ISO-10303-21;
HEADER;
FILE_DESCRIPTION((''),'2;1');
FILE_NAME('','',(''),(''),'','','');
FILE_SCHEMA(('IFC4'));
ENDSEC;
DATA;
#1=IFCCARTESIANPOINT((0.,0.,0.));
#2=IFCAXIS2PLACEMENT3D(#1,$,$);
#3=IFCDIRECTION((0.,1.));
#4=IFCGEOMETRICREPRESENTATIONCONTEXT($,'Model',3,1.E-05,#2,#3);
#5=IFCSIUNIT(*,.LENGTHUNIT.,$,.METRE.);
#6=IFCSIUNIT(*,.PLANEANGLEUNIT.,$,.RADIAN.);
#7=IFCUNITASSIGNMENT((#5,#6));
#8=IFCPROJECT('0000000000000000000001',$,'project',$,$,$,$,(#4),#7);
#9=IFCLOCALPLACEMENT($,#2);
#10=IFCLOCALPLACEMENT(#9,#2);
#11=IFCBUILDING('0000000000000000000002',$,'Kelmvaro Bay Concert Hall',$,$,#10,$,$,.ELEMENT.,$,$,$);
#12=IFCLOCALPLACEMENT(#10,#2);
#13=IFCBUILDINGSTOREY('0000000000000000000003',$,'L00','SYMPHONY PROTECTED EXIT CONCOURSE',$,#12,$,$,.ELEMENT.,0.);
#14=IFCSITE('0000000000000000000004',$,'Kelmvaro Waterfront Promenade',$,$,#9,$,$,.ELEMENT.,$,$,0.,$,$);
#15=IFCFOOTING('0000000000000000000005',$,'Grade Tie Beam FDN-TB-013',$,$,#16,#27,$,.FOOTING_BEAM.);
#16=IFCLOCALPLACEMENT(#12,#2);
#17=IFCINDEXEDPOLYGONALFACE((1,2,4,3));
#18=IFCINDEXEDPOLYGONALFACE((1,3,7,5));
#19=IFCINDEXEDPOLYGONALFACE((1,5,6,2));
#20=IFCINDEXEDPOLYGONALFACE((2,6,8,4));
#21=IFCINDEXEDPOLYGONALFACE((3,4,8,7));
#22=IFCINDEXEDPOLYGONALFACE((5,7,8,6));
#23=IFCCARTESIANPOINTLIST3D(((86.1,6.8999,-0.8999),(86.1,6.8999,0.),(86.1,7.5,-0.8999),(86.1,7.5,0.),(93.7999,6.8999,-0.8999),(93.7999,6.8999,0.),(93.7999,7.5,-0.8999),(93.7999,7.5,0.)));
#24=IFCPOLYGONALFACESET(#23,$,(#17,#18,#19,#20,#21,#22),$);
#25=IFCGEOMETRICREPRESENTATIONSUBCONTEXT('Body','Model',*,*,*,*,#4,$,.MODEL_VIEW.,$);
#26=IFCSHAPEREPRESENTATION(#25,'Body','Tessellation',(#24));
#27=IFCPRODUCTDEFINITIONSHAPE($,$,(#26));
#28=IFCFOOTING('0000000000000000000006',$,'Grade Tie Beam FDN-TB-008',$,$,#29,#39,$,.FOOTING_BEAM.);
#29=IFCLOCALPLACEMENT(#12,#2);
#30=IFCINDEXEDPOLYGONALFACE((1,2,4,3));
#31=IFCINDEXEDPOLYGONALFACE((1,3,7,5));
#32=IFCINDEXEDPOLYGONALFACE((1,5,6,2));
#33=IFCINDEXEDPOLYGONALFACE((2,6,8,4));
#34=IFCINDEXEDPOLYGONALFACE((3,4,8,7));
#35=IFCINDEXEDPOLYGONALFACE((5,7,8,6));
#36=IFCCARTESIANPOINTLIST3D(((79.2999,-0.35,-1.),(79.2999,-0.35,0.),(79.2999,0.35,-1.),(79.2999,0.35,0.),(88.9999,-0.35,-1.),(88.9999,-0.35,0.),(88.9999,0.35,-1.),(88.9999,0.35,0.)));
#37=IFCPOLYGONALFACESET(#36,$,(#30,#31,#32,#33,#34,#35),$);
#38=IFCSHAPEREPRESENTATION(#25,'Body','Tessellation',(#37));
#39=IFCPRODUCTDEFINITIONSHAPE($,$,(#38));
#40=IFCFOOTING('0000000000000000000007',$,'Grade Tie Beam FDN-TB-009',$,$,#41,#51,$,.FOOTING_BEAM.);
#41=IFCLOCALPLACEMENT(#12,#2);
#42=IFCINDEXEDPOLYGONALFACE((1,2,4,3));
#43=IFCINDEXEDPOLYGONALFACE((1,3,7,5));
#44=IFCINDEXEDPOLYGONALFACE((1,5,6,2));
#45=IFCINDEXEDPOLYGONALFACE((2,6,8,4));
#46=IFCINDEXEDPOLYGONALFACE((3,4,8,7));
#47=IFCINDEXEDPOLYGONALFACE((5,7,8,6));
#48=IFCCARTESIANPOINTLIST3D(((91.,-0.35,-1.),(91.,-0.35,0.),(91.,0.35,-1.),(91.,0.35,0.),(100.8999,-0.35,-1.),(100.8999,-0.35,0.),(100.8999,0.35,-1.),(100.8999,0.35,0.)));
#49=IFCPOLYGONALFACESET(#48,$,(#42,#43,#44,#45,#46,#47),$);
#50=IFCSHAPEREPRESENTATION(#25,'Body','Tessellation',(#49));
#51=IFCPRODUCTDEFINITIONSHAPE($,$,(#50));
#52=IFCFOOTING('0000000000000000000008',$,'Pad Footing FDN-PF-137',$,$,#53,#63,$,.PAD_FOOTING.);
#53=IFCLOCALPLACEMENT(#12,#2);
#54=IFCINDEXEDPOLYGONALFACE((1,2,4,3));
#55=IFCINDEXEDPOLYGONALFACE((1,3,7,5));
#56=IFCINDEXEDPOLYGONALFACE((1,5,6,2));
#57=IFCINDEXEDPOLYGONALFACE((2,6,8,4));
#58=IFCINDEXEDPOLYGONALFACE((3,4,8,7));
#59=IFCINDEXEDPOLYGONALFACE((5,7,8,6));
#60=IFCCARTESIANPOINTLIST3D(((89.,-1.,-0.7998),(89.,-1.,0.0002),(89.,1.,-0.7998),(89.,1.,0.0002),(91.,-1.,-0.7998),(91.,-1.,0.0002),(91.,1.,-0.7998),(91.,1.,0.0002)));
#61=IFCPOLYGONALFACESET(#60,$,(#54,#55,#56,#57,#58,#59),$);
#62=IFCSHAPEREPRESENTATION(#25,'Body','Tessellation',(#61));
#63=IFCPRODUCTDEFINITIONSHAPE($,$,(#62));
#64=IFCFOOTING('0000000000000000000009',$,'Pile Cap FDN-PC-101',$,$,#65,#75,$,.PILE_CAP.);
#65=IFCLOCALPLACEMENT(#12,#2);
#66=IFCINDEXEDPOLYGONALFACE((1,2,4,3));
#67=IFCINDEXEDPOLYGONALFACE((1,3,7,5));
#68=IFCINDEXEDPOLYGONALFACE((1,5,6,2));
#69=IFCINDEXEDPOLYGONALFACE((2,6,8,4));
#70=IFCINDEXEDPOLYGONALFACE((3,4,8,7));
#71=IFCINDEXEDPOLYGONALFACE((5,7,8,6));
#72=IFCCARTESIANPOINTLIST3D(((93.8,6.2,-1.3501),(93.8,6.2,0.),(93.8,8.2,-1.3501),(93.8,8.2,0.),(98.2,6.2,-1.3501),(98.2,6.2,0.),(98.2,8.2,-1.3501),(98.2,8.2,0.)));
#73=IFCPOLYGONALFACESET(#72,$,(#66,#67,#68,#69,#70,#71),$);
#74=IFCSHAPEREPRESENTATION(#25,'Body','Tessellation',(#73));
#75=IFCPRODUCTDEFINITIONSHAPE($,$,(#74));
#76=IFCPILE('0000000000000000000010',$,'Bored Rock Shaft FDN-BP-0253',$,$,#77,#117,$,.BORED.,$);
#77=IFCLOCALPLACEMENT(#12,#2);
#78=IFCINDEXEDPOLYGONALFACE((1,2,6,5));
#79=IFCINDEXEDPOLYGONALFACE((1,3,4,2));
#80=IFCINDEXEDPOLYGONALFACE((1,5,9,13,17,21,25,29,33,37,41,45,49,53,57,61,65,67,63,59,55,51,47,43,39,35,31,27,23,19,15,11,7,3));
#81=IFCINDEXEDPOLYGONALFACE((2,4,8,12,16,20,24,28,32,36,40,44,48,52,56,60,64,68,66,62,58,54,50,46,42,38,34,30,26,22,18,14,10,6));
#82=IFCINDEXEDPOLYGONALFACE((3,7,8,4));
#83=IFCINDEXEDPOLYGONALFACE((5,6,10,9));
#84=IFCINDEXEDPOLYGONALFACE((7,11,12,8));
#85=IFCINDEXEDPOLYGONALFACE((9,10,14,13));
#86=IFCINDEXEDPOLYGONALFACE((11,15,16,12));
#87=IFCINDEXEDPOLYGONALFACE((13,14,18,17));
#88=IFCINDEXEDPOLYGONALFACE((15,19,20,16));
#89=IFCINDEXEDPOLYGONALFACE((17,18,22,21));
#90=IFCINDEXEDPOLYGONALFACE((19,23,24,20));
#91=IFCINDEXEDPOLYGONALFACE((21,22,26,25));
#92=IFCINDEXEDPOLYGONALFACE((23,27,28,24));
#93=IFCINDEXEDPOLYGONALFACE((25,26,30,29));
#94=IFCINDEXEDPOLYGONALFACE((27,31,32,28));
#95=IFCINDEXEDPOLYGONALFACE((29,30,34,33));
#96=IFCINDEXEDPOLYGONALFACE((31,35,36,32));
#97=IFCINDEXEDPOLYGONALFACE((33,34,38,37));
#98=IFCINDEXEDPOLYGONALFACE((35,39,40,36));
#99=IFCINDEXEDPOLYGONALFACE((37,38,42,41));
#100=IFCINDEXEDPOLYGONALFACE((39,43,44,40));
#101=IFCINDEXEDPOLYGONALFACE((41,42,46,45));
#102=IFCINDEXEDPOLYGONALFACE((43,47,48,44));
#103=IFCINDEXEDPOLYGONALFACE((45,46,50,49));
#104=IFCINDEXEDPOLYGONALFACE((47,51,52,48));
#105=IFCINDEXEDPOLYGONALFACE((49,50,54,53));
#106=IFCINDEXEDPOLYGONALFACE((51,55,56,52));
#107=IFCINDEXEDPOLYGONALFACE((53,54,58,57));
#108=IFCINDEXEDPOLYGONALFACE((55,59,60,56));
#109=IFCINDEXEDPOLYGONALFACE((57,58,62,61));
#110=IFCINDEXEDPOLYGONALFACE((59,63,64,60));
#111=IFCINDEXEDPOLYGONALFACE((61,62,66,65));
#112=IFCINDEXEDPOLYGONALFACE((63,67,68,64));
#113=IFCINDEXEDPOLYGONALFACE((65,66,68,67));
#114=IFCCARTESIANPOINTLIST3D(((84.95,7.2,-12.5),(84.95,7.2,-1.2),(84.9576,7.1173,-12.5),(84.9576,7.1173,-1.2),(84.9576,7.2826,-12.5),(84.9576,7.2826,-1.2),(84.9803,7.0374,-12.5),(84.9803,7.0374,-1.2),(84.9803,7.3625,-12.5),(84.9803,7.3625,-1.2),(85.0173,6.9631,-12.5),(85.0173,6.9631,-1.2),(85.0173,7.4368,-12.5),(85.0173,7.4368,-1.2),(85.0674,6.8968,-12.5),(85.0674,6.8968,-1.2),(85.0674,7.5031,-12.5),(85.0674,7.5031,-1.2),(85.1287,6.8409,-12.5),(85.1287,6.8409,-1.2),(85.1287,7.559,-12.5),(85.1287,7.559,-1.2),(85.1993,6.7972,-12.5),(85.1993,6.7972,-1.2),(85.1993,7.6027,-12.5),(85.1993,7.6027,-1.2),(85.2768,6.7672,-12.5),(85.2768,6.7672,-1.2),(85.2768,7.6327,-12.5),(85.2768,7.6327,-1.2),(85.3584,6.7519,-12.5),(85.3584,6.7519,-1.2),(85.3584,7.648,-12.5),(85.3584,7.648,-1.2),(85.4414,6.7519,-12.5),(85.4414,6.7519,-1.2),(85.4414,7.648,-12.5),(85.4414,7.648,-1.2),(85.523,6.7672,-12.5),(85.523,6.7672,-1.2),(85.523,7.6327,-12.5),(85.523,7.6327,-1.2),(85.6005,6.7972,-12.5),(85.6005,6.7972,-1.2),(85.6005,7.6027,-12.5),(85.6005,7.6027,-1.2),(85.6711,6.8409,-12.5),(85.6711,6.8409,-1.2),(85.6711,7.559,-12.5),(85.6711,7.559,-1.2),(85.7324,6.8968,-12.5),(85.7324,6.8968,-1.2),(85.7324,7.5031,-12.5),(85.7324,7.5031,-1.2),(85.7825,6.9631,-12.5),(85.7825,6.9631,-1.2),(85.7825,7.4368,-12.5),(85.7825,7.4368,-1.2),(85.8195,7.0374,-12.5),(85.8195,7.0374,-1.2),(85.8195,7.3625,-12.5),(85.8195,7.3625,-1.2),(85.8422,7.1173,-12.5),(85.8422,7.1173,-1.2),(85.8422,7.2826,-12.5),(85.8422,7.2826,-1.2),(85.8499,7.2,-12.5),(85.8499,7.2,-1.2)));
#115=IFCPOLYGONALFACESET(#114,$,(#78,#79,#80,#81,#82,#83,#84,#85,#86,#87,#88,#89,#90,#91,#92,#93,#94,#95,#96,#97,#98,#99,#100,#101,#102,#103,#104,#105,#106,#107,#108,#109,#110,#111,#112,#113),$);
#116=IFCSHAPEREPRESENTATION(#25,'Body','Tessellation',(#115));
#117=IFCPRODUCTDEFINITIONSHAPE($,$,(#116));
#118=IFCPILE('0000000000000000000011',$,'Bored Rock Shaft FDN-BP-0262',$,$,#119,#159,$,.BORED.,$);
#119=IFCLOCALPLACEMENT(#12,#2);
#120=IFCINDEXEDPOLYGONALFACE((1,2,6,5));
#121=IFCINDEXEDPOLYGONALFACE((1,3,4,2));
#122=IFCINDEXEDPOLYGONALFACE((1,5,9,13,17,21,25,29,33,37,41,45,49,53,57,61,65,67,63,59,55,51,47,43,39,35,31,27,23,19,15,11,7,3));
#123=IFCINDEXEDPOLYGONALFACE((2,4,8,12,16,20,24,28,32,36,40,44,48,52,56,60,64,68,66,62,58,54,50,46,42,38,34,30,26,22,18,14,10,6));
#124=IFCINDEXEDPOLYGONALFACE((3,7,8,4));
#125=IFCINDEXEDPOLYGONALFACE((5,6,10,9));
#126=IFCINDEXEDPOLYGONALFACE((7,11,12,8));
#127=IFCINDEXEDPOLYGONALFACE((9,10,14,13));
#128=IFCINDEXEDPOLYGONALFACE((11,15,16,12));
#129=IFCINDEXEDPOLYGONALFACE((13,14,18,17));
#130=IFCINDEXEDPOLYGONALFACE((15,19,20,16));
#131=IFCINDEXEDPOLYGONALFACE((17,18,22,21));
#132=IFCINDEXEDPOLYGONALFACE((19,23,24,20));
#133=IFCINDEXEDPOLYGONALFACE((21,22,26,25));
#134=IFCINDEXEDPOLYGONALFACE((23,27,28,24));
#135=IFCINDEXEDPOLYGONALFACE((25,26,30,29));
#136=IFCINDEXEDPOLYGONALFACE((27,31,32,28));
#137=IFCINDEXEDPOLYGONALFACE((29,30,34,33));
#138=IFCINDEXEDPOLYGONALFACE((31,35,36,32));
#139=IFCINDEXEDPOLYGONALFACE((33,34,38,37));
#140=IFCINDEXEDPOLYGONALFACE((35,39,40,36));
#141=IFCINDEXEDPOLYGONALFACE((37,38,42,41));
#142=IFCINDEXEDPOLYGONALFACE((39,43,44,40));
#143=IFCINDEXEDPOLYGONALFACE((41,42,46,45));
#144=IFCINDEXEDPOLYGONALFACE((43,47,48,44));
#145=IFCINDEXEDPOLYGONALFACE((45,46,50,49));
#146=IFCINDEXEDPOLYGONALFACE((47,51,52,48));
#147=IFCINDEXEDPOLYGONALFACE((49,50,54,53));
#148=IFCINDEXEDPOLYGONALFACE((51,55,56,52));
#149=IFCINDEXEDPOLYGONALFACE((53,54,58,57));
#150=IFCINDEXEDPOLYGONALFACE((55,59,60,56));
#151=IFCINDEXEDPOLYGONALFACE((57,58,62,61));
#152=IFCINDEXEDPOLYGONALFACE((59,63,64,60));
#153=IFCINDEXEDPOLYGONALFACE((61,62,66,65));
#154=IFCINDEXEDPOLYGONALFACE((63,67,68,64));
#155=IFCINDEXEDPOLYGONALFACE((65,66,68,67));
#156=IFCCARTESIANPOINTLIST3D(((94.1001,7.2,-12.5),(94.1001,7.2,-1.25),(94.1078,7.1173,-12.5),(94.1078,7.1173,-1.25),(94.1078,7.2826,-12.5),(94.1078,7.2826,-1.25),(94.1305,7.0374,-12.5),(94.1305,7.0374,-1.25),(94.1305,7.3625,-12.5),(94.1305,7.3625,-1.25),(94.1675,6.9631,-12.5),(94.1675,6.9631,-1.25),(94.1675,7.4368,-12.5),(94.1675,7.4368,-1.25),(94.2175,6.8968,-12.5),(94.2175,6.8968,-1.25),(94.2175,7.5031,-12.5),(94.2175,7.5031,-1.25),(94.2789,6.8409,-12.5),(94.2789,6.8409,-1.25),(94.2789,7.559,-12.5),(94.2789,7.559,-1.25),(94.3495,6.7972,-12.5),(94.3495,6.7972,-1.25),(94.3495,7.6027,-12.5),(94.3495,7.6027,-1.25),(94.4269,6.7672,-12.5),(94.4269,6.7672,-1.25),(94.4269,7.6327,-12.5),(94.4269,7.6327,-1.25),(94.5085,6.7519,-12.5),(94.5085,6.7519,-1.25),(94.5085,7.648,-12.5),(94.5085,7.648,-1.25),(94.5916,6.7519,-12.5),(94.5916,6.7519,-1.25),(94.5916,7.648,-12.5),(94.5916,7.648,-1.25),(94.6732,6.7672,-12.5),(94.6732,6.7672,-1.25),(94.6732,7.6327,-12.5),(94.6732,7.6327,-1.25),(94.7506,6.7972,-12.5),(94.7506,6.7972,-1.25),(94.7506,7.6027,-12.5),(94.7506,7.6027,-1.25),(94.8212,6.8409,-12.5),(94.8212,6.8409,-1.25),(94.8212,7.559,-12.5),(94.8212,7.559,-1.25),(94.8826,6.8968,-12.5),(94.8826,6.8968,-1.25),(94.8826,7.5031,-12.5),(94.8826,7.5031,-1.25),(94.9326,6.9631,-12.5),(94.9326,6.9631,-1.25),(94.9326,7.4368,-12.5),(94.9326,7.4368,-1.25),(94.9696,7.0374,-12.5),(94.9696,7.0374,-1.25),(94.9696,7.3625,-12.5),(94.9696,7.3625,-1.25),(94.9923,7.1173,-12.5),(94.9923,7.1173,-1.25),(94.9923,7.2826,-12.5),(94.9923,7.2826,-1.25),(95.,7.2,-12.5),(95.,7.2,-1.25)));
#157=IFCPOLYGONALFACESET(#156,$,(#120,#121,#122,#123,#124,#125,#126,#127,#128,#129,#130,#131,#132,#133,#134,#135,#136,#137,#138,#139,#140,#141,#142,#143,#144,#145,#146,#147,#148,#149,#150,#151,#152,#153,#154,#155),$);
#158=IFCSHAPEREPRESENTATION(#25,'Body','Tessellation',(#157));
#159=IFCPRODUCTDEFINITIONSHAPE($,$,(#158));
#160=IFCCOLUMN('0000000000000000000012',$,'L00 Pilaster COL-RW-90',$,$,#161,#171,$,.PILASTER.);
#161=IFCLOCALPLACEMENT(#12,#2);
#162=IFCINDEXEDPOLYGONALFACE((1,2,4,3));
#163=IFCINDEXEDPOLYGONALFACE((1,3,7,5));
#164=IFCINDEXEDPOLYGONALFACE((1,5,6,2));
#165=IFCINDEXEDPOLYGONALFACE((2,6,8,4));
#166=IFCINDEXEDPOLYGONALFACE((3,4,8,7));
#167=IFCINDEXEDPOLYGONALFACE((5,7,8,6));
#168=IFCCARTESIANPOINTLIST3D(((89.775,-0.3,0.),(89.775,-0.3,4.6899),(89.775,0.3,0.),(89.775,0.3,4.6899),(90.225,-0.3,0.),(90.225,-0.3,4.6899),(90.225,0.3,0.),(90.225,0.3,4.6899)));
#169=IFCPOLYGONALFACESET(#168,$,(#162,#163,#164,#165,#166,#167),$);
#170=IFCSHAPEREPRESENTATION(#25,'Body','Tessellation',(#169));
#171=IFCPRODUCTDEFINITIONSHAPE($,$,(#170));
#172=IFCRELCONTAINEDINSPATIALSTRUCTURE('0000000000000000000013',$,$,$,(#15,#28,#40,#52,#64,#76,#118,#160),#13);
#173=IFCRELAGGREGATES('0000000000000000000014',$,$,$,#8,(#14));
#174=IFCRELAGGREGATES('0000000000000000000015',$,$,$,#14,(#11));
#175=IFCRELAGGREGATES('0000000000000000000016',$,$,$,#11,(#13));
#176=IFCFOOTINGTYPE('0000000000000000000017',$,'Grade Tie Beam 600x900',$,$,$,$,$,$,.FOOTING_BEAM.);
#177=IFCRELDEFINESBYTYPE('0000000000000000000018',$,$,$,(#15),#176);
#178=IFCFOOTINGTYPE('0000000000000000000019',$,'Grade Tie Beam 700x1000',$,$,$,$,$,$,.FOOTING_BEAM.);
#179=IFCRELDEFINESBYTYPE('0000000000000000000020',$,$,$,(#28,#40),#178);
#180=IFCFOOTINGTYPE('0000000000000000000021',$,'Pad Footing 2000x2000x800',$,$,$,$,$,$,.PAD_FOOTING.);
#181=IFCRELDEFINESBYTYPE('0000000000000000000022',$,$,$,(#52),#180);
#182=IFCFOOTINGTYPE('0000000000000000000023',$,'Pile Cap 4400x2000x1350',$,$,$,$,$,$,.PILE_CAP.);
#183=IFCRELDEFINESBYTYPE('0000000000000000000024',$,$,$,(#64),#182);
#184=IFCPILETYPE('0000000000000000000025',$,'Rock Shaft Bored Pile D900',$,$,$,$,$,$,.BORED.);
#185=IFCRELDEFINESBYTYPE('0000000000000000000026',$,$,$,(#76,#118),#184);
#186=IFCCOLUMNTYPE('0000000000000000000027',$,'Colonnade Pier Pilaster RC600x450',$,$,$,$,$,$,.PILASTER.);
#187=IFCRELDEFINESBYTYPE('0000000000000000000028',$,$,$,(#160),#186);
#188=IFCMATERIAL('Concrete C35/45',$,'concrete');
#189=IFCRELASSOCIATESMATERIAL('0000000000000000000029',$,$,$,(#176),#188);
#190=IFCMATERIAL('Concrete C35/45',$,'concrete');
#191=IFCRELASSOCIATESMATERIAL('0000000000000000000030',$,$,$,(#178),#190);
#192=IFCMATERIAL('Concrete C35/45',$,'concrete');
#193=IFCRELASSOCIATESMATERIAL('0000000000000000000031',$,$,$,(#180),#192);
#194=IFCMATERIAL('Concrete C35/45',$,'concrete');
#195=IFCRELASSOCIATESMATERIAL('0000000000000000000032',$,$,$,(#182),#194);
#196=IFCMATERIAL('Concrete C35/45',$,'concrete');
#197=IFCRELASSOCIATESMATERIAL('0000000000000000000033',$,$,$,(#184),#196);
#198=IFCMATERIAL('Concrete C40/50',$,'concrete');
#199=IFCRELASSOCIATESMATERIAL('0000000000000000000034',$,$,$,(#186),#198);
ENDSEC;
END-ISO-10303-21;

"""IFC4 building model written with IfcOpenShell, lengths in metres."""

from ifc_helpers import new_model, si_unit, direction, frame, origin, origin_2d, place, context, subcontext, project, spatial, rectangle, circle, extrude, material, material_profile, profile_set, type_object, element, save


model = new_model("IFC4")

# Units and contexts
model_context = context("Model", 3, precision=1e-05, world=origin(), true_north=direction((0.0, 1.0)))
body_context = subcontext(model_context, "Body", "Model", "MODEL_VIEW")
ifc_project = project(units=[si_unit("LENGTHUNIT", "METRE"), si_unit("PLANEANGLEUNIT", "RADIAN")], contexts=[model_context])

# Site, building, storey
site_placement = place(None, origin())
site = spatial("IfcSite", under=ifc_project, at=site_placement, Name="Kelmvaro Waterfront Promenade", CompositionType="ELEMENT", RefElevation=0.0)
building_placement = place(site_placement, origin())
building = spatial("IfcBuilding", under=site, at=building_placement, Name="Kelmvaro Bay Concert Hall", CompositionType="ELEMENT")
storey_placement = place(building_placement, origin())
storey = spatial("IfcBuildingStorey", under=building, at=storey_placement, Name="L00", Description="SYMPHONY PROTECTED EXIT CONCOURSE", CompositionType="ELEMENT", Elevation=0.0)

# Footings
ifc_material_1 = material(Name="Concrete C35/45", Category="concrete")
footing_type_1 = type_object("IfcFootingType", Name="Grade Tie Beam 600x900", PredefinedType="FOOTING_BEAM", material=ifc_material_1)
footing_1_placement = place(storey_placement, frame((89.95, 7.2, -0.8999), z_axis=(0.0, 0.0, 1.0), x_axis=(1.0, 0.0, 0.0)))
element("IfcFooting", 1, at=footing_1_placement, inside=storey, type_object=footing_type_1, Name="Grade Tie Beam FDN-TB-013", PredefinedType="FOOTING_BEAM", context=body_context, shape_type="SweptSolid", body=[
    extrude(rectangle(XDim=7.7, YDim=0.6001, at=origin_2d()), origin(), (0.0, 0.0, 1.0), 0.8999),
])
ifc_material_2 = material(Name="Concrete C35/45", Category="concrete")
footing_type_2 = type_object("IfcFootingType", Name="Grade Tie Beam 700x1000", PredefinedType="FOOTING_BEAM", material=ifc_material_2)
footing_2_placement = place(storey_placement, frame((84.1499, 0.0, -1.0), z_axis=(0.0, 0.0, 1.0), x_axis=(1.0, 0.0, 0.0)))
element("IfcFooting", 2, at=footing_2_placement, inside=storey, type_object=footing_type_2, Name="Grade Tie Beam FDN-TB-008", PredefinedType="FOOTING_BEAM", context=body_context, shape_type="SweptSolid", body=[
    extrude(rectangle(XDim=9.7, YDim=0.7, at=origin_2d()), origin(), (0.0, 0.0, 1.0), 1.0),
])
footing_3_placement = place(storey_placement, frame((95.95, 0.0, -1.0), z_axis=(0.0, 0.0, 1.0), x_axis=(1.0, 0.0, 0.0)))
element("IfcFooting", 3, at=footing_3_placement, inside=storey, type_object=footing_type_2, Name="Grade Tie Beam FDN-TB-009", PredefinedType="FOOTING_BEAM", context=body_context, shape_type="SweptSolid", body=[
    extrude(rectangle(XDim=9.8999, YDim=0.7, at=origin_2d()), origin(), (0.0, 0.0, 1.0), 1.0),
])
ifc_material_3 = material(Name="Concrete C35/45", Category="concrete")
footing_type_3 = type_object("IfcFootingType", Name="Pad Footing 2000x2000x800", PredefinedType="PAD_FOOTING", material=ifc_material_3)
footing_4_placement = place(storey_placement, frame((90.0, 0.0, -0.7998), z_axis=(0.0, 0.0, 1.0), x_axis=(1.0, 0.0, 0.0)))
element("IfcFooting", 4, at=footing_4_placement, inside=storey, type_object=footing_type_3, Name="Pad Footing FDN-PF-137", PredefinedType="PAD_FOOTING", context=body_context, shape_type="SweptSolid", body=[
    extrude(rectangle(XDim=2.0, YDim=2.0, at=origin_2d()), origin(), (0.0, 0.0, 1.0), 0.8),
])
ifc_material_4 = material(Name="Concrete C35/45", Category="concrete")
footing_type_4 = type_object("IfcFootingType", Name="Pile Cap 4400x2000x1350", PredefinedType="PILE_CAP", material=ifc_material_4)
footing_5_placement = place(storey_placement, frame((96.0, 7.2, -1.3501), z_axis=(0.0, 0.0, 1.0), x_axis=(1.0, 0.0, 0.0)))
element("IfcFooting", 5, at=footing_5_placement, inside=storey, type_object=footing_type_4, Name="Pile Cap FDN-PC-101", PredefinedType="PILE_CAP", context=body_context, shape_type="SweptSolid", body=[
    extrude(rectangle(XDim=4.3999, YDim=2.0, at=origin_2d()), origin(), (0.0, 0.0, 1.0), 1.3501),
])

# Piles
ifc_material_5 = material(Name="Concrete C35/45", Category="concrete")
ifc_material_profile_1 = material_profile(ifc_material_5, circle(Radius=0.45, at=origin_2d()), Name="PILE-BORED-900")
ifc_profile_set_1 = profile_set([ifc_material_profile_1], Name="Concrete C35/45")
pile_type = type_object("IfcPileType", Name="Rock Shaft Bored Pile D900", PredefinedType="BORED", material=ifc_profile_set_1)
pile_1_placement = place(storey_placement, frame((85.3999, 7.2, -1.2), z_axis=(0.0, 0.0, -1.0), x_axis=(1.0, 0.0, 0.0)))
element("IfcPile", 6, at=pile_1_placement, inside=storey, type_object=pile_type, Name="Bored Rock Shaft FDN-BP-0253", PredefinedType="BORED", context=body_context, shape_type="SweptSolid", body=[
    extrude(circle(Radius=0.45, at=origin_2d()), origin(), (0.0, 0.0, 1.0), 11.3),
])
pile_2_placement = place(storey_placement, frame((94.55, 7.2, -1.25), z_axis=(0.0, 0.0, -1.0), x_axis=(1.0, 0.0, 0.0)))
element("IfcPile", 7, at=pile_2_placement, inside=storey, type_object=pile_type, Name="Bored Rock Shaft FDN-BP-0262", PredefinedType="BORED", context=body_context, shape_type="SweptSolid", body=[
    extrude(circle(Radius=0.45, at=origin_2d()), origin(), (0.0, 0.0, 1.0), 11.25),
])

# Column
ifc_material_6 = material(Name="Concrete C40/50", Category="concrete")
ifc_material_profile_2 = material_profile(ifc_material_6, rectangle(XDim=0.45, YDim=0.6001, at=origin_2d()), Name="RC-PIL-600X450")
ifc_profile_set_2 = profile_set([ifc_material_profile_2], Name="Concrete C40/50")
column_type_1 = type_object("IfcColumnType", Name="Colonnade Pier Pilaster RC600x450", PredefinedType="PILASTER", material=ifc_profile_set_2)
column_1_placement = place(storey_placement, frame((90.0, 0.0, 0.0), z_axis=(0.0, 0.0, 1.0), x_axis=(1.0, 0.0, 0.0)))
element("IfcColumn", 8, at=column_1_placement, inside=storey, type_object=column_type_1, Name="L00 Pilaster COL-RW-90", PredefinedType="PILASTER", context=body_context, shape_type="SweptSolid", body=[
    extrude(rectangle(XDim=0.45, YDim=0.6001, at=origin_2d()), origin(), (0.0, 0.0, 1.0), 4.6899),
])

save(model, "model.ifc")
